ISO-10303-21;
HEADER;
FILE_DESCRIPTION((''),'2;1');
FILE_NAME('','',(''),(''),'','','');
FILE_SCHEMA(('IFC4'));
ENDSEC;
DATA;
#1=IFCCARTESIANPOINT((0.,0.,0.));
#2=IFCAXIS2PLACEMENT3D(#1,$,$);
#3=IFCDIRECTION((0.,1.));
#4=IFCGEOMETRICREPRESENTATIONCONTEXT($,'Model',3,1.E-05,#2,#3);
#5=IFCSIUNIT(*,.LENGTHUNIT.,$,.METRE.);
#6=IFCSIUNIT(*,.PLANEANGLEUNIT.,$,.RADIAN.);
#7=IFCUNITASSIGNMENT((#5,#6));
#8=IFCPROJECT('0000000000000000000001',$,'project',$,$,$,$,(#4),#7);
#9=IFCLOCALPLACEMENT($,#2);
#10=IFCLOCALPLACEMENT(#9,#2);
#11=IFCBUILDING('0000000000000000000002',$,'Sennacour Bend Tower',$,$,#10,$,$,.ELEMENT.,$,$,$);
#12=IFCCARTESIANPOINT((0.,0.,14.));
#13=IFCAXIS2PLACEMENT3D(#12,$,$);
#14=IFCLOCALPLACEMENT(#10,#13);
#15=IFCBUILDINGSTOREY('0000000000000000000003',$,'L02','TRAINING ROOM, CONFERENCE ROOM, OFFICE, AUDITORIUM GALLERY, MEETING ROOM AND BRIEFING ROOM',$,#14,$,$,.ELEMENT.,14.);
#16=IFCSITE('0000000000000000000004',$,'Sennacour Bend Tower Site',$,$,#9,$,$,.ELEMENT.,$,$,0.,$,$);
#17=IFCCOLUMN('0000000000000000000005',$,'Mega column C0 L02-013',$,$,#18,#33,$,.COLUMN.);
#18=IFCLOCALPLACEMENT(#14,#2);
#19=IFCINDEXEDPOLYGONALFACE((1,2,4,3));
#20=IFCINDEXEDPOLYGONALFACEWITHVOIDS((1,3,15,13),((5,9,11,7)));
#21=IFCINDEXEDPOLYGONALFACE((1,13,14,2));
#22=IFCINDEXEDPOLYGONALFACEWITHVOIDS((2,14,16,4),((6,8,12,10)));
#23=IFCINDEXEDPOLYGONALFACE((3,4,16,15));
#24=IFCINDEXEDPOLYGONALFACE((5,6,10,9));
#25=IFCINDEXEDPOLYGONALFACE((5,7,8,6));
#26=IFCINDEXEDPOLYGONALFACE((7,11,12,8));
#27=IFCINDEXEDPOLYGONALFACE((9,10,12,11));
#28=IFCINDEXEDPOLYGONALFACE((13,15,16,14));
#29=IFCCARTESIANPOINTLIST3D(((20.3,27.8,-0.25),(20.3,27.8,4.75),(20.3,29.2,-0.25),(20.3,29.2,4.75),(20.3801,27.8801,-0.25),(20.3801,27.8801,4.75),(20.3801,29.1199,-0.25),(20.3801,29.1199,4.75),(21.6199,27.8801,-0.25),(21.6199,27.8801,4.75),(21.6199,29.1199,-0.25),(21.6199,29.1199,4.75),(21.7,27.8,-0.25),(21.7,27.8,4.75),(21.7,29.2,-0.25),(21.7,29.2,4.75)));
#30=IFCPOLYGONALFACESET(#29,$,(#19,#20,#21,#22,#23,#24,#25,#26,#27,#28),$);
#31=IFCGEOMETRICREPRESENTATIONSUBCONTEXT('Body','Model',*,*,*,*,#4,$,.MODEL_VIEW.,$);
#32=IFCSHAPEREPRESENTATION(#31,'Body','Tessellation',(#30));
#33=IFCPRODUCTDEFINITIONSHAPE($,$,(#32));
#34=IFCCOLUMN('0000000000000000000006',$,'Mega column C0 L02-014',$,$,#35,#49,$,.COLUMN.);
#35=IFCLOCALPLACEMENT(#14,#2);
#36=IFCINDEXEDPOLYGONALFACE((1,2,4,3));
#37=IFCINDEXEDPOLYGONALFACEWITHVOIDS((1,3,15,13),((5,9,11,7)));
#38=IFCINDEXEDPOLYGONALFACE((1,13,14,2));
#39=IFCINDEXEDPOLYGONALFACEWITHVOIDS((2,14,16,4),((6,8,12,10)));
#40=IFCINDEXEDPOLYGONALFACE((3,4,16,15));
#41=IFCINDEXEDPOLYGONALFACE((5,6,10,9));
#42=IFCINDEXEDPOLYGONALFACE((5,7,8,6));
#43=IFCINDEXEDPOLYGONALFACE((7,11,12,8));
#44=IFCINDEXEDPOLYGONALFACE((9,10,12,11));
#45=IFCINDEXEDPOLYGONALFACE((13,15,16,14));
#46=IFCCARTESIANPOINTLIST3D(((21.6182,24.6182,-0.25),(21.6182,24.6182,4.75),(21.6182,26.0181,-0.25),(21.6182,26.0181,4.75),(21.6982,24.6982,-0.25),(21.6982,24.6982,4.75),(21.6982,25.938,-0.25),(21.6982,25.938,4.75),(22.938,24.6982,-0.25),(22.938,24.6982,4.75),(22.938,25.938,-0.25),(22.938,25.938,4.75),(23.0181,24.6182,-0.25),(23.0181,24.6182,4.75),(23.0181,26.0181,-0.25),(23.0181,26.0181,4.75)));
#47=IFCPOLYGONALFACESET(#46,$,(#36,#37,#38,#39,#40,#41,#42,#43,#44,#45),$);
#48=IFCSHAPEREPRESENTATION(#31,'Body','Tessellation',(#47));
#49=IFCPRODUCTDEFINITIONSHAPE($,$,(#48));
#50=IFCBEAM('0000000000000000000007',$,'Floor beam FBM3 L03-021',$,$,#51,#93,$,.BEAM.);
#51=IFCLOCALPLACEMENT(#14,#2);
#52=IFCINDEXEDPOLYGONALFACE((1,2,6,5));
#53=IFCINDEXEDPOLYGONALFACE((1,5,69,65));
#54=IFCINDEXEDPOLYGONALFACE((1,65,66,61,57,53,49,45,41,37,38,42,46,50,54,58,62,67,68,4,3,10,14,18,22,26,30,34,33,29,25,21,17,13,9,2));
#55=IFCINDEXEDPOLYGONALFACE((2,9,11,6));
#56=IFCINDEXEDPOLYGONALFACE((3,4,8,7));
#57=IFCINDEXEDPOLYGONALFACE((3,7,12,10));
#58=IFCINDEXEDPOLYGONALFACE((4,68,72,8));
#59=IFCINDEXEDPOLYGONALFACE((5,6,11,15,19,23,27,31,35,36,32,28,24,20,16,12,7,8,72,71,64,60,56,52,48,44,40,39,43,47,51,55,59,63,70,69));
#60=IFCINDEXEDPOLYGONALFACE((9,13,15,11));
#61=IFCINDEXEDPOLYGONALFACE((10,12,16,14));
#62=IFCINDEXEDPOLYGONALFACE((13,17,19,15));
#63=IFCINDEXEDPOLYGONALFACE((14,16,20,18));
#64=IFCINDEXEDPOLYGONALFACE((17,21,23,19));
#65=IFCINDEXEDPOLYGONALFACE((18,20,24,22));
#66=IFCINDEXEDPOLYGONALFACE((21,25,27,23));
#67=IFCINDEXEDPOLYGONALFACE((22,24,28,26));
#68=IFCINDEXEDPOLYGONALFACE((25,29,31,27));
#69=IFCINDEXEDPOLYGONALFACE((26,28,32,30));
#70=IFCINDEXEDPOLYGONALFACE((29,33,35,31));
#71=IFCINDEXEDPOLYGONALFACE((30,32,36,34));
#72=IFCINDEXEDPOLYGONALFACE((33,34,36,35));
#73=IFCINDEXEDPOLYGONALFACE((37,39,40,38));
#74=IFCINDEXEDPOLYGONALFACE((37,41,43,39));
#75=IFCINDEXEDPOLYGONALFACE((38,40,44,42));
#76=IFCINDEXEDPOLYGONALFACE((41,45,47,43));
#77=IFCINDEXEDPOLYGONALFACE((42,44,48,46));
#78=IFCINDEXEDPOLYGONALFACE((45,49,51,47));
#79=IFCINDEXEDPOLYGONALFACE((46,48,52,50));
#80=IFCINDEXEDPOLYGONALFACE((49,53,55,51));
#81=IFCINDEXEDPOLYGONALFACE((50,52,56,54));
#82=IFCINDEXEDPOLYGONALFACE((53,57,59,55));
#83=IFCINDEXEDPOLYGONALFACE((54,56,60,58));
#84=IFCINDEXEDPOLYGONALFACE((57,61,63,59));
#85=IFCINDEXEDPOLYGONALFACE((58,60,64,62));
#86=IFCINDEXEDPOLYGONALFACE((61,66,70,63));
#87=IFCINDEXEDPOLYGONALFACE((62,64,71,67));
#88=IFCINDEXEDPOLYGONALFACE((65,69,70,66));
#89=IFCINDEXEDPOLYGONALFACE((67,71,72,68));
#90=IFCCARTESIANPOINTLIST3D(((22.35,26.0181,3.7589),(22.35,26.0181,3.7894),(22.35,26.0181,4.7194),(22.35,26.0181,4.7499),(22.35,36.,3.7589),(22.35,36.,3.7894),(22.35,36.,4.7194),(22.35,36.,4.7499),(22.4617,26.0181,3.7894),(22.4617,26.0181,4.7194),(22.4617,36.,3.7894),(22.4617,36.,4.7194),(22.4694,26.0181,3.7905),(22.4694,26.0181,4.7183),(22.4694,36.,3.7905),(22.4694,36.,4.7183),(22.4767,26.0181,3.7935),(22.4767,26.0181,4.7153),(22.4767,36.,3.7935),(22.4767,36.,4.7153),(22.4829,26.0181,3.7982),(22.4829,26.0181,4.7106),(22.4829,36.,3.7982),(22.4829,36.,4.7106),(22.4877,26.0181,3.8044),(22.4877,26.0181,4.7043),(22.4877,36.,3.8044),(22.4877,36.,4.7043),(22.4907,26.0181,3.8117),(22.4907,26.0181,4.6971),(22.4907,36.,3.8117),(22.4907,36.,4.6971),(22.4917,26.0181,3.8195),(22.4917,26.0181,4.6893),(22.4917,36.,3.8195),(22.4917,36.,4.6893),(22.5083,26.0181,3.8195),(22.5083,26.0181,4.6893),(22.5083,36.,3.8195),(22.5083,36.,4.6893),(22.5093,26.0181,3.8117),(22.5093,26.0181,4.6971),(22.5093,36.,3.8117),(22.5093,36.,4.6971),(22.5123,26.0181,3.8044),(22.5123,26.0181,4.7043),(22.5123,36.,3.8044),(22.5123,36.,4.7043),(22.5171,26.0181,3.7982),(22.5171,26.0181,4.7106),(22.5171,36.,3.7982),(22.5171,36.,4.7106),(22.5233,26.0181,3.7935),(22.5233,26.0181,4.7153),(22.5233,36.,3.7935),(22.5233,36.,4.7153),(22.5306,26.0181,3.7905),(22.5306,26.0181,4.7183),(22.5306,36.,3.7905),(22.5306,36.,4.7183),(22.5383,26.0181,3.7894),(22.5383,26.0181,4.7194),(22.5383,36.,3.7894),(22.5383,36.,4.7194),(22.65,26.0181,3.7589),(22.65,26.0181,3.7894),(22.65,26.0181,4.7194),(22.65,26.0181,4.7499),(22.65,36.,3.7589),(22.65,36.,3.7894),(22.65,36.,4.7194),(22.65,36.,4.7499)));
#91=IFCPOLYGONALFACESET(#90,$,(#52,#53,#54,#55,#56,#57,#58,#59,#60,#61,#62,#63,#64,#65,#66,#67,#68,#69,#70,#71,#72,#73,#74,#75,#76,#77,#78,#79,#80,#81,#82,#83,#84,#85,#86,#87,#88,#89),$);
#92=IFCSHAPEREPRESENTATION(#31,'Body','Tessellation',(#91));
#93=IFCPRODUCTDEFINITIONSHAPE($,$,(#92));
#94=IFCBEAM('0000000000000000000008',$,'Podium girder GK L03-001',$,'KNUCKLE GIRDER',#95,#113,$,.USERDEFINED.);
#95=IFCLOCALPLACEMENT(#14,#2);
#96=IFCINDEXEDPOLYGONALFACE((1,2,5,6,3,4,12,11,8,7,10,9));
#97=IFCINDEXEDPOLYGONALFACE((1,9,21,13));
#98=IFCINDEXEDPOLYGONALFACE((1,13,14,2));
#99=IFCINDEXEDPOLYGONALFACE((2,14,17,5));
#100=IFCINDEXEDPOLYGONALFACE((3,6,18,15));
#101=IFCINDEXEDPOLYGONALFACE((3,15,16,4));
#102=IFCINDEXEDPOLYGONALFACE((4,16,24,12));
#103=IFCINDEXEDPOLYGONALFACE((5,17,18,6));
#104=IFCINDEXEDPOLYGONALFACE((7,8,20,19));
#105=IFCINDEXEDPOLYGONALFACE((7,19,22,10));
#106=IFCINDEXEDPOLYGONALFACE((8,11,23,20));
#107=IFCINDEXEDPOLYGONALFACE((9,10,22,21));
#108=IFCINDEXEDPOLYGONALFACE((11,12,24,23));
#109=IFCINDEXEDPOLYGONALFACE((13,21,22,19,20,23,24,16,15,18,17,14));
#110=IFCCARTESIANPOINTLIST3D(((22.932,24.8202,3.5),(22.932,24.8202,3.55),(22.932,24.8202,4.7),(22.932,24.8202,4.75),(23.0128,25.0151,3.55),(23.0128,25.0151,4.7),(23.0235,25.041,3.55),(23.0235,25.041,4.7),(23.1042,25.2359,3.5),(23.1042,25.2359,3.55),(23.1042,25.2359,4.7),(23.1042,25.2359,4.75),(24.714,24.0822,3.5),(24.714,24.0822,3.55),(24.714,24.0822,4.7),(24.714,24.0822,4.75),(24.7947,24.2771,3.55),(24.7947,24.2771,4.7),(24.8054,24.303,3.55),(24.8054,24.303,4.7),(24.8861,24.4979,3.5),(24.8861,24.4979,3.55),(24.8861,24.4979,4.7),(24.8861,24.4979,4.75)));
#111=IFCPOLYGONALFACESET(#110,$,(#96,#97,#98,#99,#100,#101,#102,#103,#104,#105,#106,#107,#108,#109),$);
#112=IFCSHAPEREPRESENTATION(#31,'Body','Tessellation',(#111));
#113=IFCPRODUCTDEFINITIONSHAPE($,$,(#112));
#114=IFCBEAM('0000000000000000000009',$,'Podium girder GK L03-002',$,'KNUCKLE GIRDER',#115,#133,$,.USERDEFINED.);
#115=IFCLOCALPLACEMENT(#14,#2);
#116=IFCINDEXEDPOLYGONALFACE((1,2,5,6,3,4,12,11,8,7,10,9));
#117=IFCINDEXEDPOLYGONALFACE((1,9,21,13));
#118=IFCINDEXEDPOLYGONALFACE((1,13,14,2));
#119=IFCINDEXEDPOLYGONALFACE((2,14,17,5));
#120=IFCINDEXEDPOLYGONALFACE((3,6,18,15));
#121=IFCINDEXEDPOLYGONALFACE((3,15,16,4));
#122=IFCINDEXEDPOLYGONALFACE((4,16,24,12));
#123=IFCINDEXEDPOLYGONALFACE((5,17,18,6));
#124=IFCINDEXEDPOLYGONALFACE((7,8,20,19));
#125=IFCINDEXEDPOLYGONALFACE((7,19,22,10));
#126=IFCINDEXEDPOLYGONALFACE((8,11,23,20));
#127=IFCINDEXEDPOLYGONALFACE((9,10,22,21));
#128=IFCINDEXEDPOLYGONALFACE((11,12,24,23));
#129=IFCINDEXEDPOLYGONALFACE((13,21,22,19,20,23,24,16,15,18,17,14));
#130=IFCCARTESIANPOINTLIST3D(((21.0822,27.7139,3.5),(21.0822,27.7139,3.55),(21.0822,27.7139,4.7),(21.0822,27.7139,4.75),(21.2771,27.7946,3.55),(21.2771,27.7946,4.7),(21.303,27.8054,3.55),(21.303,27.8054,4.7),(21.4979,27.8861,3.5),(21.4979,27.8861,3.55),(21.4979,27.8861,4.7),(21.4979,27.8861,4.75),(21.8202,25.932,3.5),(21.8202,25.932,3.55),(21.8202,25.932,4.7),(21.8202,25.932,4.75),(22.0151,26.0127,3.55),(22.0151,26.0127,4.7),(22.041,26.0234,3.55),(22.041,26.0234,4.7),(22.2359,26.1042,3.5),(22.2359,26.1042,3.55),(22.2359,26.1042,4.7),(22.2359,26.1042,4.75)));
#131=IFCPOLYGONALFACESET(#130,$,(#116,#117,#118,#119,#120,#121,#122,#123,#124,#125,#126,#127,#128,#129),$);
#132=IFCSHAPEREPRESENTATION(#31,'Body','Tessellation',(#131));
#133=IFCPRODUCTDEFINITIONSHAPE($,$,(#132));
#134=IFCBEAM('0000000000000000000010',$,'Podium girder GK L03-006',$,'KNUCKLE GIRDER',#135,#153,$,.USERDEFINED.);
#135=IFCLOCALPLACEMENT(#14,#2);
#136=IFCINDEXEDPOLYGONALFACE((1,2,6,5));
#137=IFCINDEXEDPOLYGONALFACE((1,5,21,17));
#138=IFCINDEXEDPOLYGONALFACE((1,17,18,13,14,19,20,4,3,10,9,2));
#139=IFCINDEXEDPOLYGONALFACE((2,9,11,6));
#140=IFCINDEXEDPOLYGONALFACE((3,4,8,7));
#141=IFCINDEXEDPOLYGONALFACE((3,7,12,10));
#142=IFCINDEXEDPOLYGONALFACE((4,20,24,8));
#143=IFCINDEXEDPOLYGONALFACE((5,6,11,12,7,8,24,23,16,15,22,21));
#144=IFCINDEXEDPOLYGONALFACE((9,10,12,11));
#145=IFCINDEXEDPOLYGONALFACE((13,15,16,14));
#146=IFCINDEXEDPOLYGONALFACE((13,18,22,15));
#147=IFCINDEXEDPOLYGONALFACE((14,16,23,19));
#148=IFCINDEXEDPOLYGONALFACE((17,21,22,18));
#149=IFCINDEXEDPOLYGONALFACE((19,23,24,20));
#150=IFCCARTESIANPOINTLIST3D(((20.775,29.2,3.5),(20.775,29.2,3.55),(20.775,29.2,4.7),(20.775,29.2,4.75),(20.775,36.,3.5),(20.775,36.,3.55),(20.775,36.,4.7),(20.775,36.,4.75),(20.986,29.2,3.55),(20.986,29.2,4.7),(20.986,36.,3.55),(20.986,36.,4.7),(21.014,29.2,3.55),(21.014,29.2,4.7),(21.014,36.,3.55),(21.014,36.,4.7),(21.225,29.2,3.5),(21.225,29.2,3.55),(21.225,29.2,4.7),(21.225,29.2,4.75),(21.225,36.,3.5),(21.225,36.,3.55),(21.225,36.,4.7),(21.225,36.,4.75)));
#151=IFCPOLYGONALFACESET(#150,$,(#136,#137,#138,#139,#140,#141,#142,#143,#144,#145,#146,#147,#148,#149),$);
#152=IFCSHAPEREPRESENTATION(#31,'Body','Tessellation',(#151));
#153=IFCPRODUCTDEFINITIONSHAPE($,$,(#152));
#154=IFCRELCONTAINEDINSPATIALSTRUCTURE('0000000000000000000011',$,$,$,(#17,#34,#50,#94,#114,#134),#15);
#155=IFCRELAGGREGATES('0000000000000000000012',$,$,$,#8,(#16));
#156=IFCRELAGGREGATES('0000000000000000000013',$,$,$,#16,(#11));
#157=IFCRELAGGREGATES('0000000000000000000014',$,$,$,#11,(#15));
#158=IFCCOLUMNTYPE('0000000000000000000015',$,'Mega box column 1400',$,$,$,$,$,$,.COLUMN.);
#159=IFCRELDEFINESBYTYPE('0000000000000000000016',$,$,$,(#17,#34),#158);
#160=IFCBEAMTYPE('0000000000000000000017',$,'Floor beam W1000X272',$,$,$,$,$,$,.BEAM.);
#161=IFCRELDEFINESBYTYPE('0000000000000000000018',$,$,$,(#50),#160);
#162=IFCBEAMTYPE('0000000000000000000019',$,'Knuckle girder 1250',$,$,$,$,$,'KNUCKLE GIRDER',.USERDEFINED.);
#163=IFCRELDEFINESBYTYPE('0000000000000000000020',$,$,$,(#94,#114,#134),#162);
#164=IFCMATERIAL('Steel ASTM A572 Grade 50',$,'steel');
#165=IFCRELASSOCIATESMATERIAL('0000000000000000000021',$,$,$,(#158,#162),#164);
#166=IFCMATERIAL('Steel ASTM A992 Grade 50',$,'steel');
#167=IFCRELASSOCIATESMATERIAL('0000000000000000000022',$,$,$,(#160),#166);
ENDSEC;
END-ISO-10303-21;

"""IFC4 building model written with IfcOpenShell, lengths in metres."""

from ifc_helpers import new_model, si_unit, direction, frame, origin, origin_2d, place, context, subcontext, project, spatial, hollow_rectangle, i_section, extrude, material, material_profile, profile_set, type_object, element, save


model = new_model("IFC4")

# Units and contexts
model_context = context("Model", 3, precision=1e-05, world=origin(), true_north=direction((0.0, 1.0)))
body_context = subcontext(model_context, "Body", "Model", "MODEL_VIEW")
ifc_project = project(units=[si_unit("LENGTHUNIT", "METRE"), si_unit("PLANEANGLEUNIT", "RADIAN")], contexts=[model_context])

# Site, building, storey
site_placement = place(None, origin())
site = spatial("IfcSite", under=ifc_project, at=site_placement, Name="Sennacour Bend Tower Site", CompositionType="ELEMENT", RefElevation=0.0)
building_placement = place(site_placement, origin())
building = spatial("IfcBuilding", under=site, at=building_placement, Name="Sennacour Bend Tower", CompositionType="ELEMENT")
storey_placement = place(building_placement, frame((0.0, 0.0, 14.0)))
storey = spatial("IfcBuildingStorey", under=building, at=storey_placement, Name="L02", Description="TRAINING ROOM, CONFERENCE ROOM, OFFICE, AUDITORIUM GALLERY, MEETING ROOM AND BRIEFING ROOM", CompositionType="ELEMENT", Elevation=14.0)

# Columns
ifc_material_1 = material(Name="Steel ASTM A572 Grade 50", Category="steel")
ifc_material_profile_1 = material_profile(ifc_material_1, hollow_rectangle(XDim=1.3999, YDim=1.3999, WallThickness=0.0801, at=origin_2d()), Name="Steel ASTM A572 Grade 50", Category="steel")
ifc_profile_set_1 = profile_set([ifc_material_profile_1], Name="Steel ASTM A572 Grade 50")
column_type = type_object("IfcColumnType", Name="Mega box column 1400", PredefinedType="COLUMN", material=ifc_profile_set_1)
for number, where, z_axis, x_axis, name in (
    (1, (21.0, 28.5, -0.25), (0.0, 0.0, 1.0), (1.0, 0.0, 0.0), "Mega column C0 L02-013"),
    (2, (22.3181, 25.3181, -0.25), (0.0, 0.0, 1.0), (1.0, 0.0, 0.0), "Mega column C0 L02-014"),
):
    element("IfcColumn", number, at=place(storey_placement, frame(where, z_axis=z_axis, x_axis=x_axis)), inside=storey, type_object=column_type, Name=name, PredefinedType="COLUMN", context=body_context, shape_type="SweptSolid", body=[
        extrude(hollow_rectangle(XDim=1.3999, YDim=1.3999, WallThickness=0.0801, at=origin_2d()), origin(), (0.0, 0.0, 1.0), 5.0),
    ])

# Beams
ifc_material_2 = material(Name="Steel ASTM A992 Grade 50", Category="steel")
ifc_material_profile_2 = material_profile(ifc_material_2, i_section(OverallWidth=0.3, OverallDepth=0.991, WebThickness=0.0166, FlangeThickness=0.0305, FilletRadius=0.03, at=origin_2d()), Name="Steel ASTM A992 Grade 50", Category="steel")
ifc_profile_set_2 = profile_set([ifc_material_profile_2], Name="Steel ASTM A992 Grade 50")
beam_type_1 = type_object("IfcBeamType", Name="Floor beam W1000X272", PredefinedType="BEAM", material=ifc_profile_set_2)
beam_1_placement = place(storey_placement, frame((22.5, 26.0181, 4.2544), z_axis=(0.0, 1.0, 0.0), x_axis=(-1.0, 0.0, 0.0)))
element("IfcBeam", 3, at=beam_1_placement, inside=storey, type_object=beam_type_1, Name="Floor beam FBM3 L03-021", PredefinedType="BEAM", context=body_context, shape_type="SweptSolid", body=[
    extrude(i_section(OverallWidth=0.3, OverallDepth=0.991, WebThickness=0.0166, FlangeThickness=0.0305, FilletRadius=0.03, at=origin_2d()), origin(), (0.0, 0.0, 1.0), 9.9819),
])
ifc_material_profile_3 = material_profile(ifc_material_1, i_section(OverallWidth=0.45, OverallDepth=1.25, WebThickness=0.0281, FlangeThickness=0.05, at=origin_2d()), Name="Steel ASTM A572 Grade 50", Category="steel")
ifc_profile_set_3 = profile_set([ifc_material_profile_3], Name="Steel ASTM A572 Grade 50")
beam_type_2 = type_object("IfcBeamType", Name="Knuckle girder 1250", ElementType="KNUCKLE GIRDER", PredefinedType="USERDEFINED", material=ifc_profile_set_3)
for number, where, z_axis, x_axis, name in (
    (4, (24.8, 24.29, 4.125), (-0.923895, 0.382646, 0.0), (-0.382646, -0.923895, 0.0), "Podium girder GK L03-001"),
    (5, (22.0281, 26.0181, 4.125), (-0.382646, 0.923895, 0.0), (-0.923895, -0.382646, 0.0), "Podium girder GK L03-002"),
):
    element("IfcBeam", number, at=place(storey_placement, frame(where, z_axis=z_axis, x_axis=x_axis)), inside=storey, type_object=beam_type_2, Name=name, ObjectType="KNUCKLE GIRDER", PredefinedType="USERDEFINED", context=body_context, shape_type="SweptSolid", body=[
        extrude(i_section(OverallWidth=0.45, OverallDepth=1.25, WebThickness=0.0281, FlangeThickness=0.05, at=origin_2d()), origin(), (0.0, 0.0, 1.0), 1.9287),
    ])
beam_2_placement = place(storey_placement, frame((21.0, 29.2, 4.125), z_axis=(0.0, 1.0, 0.0), x_axis=(-1.0, 0.0, 0.0)))
element("IfcBeam", 6, at=beam_2_placement, inside=storey, type_object=beam_type_2, Name="Podium girder GK L03-006", ObjectType="KNUCKLE GIRDER", PredefinedType="USERDEFINED", context=body_context, shape_type="SweptSolid", body=[
    extrude(i_section(OverallWidth=0.45, OverallDepth=1.25, WebThickness=0.0281, FlangeThickness=0.05, at=origin_2d()), origin(), (0.0, 0.0, 1.0), 6.8),
])

save(model, "model.ifc")
